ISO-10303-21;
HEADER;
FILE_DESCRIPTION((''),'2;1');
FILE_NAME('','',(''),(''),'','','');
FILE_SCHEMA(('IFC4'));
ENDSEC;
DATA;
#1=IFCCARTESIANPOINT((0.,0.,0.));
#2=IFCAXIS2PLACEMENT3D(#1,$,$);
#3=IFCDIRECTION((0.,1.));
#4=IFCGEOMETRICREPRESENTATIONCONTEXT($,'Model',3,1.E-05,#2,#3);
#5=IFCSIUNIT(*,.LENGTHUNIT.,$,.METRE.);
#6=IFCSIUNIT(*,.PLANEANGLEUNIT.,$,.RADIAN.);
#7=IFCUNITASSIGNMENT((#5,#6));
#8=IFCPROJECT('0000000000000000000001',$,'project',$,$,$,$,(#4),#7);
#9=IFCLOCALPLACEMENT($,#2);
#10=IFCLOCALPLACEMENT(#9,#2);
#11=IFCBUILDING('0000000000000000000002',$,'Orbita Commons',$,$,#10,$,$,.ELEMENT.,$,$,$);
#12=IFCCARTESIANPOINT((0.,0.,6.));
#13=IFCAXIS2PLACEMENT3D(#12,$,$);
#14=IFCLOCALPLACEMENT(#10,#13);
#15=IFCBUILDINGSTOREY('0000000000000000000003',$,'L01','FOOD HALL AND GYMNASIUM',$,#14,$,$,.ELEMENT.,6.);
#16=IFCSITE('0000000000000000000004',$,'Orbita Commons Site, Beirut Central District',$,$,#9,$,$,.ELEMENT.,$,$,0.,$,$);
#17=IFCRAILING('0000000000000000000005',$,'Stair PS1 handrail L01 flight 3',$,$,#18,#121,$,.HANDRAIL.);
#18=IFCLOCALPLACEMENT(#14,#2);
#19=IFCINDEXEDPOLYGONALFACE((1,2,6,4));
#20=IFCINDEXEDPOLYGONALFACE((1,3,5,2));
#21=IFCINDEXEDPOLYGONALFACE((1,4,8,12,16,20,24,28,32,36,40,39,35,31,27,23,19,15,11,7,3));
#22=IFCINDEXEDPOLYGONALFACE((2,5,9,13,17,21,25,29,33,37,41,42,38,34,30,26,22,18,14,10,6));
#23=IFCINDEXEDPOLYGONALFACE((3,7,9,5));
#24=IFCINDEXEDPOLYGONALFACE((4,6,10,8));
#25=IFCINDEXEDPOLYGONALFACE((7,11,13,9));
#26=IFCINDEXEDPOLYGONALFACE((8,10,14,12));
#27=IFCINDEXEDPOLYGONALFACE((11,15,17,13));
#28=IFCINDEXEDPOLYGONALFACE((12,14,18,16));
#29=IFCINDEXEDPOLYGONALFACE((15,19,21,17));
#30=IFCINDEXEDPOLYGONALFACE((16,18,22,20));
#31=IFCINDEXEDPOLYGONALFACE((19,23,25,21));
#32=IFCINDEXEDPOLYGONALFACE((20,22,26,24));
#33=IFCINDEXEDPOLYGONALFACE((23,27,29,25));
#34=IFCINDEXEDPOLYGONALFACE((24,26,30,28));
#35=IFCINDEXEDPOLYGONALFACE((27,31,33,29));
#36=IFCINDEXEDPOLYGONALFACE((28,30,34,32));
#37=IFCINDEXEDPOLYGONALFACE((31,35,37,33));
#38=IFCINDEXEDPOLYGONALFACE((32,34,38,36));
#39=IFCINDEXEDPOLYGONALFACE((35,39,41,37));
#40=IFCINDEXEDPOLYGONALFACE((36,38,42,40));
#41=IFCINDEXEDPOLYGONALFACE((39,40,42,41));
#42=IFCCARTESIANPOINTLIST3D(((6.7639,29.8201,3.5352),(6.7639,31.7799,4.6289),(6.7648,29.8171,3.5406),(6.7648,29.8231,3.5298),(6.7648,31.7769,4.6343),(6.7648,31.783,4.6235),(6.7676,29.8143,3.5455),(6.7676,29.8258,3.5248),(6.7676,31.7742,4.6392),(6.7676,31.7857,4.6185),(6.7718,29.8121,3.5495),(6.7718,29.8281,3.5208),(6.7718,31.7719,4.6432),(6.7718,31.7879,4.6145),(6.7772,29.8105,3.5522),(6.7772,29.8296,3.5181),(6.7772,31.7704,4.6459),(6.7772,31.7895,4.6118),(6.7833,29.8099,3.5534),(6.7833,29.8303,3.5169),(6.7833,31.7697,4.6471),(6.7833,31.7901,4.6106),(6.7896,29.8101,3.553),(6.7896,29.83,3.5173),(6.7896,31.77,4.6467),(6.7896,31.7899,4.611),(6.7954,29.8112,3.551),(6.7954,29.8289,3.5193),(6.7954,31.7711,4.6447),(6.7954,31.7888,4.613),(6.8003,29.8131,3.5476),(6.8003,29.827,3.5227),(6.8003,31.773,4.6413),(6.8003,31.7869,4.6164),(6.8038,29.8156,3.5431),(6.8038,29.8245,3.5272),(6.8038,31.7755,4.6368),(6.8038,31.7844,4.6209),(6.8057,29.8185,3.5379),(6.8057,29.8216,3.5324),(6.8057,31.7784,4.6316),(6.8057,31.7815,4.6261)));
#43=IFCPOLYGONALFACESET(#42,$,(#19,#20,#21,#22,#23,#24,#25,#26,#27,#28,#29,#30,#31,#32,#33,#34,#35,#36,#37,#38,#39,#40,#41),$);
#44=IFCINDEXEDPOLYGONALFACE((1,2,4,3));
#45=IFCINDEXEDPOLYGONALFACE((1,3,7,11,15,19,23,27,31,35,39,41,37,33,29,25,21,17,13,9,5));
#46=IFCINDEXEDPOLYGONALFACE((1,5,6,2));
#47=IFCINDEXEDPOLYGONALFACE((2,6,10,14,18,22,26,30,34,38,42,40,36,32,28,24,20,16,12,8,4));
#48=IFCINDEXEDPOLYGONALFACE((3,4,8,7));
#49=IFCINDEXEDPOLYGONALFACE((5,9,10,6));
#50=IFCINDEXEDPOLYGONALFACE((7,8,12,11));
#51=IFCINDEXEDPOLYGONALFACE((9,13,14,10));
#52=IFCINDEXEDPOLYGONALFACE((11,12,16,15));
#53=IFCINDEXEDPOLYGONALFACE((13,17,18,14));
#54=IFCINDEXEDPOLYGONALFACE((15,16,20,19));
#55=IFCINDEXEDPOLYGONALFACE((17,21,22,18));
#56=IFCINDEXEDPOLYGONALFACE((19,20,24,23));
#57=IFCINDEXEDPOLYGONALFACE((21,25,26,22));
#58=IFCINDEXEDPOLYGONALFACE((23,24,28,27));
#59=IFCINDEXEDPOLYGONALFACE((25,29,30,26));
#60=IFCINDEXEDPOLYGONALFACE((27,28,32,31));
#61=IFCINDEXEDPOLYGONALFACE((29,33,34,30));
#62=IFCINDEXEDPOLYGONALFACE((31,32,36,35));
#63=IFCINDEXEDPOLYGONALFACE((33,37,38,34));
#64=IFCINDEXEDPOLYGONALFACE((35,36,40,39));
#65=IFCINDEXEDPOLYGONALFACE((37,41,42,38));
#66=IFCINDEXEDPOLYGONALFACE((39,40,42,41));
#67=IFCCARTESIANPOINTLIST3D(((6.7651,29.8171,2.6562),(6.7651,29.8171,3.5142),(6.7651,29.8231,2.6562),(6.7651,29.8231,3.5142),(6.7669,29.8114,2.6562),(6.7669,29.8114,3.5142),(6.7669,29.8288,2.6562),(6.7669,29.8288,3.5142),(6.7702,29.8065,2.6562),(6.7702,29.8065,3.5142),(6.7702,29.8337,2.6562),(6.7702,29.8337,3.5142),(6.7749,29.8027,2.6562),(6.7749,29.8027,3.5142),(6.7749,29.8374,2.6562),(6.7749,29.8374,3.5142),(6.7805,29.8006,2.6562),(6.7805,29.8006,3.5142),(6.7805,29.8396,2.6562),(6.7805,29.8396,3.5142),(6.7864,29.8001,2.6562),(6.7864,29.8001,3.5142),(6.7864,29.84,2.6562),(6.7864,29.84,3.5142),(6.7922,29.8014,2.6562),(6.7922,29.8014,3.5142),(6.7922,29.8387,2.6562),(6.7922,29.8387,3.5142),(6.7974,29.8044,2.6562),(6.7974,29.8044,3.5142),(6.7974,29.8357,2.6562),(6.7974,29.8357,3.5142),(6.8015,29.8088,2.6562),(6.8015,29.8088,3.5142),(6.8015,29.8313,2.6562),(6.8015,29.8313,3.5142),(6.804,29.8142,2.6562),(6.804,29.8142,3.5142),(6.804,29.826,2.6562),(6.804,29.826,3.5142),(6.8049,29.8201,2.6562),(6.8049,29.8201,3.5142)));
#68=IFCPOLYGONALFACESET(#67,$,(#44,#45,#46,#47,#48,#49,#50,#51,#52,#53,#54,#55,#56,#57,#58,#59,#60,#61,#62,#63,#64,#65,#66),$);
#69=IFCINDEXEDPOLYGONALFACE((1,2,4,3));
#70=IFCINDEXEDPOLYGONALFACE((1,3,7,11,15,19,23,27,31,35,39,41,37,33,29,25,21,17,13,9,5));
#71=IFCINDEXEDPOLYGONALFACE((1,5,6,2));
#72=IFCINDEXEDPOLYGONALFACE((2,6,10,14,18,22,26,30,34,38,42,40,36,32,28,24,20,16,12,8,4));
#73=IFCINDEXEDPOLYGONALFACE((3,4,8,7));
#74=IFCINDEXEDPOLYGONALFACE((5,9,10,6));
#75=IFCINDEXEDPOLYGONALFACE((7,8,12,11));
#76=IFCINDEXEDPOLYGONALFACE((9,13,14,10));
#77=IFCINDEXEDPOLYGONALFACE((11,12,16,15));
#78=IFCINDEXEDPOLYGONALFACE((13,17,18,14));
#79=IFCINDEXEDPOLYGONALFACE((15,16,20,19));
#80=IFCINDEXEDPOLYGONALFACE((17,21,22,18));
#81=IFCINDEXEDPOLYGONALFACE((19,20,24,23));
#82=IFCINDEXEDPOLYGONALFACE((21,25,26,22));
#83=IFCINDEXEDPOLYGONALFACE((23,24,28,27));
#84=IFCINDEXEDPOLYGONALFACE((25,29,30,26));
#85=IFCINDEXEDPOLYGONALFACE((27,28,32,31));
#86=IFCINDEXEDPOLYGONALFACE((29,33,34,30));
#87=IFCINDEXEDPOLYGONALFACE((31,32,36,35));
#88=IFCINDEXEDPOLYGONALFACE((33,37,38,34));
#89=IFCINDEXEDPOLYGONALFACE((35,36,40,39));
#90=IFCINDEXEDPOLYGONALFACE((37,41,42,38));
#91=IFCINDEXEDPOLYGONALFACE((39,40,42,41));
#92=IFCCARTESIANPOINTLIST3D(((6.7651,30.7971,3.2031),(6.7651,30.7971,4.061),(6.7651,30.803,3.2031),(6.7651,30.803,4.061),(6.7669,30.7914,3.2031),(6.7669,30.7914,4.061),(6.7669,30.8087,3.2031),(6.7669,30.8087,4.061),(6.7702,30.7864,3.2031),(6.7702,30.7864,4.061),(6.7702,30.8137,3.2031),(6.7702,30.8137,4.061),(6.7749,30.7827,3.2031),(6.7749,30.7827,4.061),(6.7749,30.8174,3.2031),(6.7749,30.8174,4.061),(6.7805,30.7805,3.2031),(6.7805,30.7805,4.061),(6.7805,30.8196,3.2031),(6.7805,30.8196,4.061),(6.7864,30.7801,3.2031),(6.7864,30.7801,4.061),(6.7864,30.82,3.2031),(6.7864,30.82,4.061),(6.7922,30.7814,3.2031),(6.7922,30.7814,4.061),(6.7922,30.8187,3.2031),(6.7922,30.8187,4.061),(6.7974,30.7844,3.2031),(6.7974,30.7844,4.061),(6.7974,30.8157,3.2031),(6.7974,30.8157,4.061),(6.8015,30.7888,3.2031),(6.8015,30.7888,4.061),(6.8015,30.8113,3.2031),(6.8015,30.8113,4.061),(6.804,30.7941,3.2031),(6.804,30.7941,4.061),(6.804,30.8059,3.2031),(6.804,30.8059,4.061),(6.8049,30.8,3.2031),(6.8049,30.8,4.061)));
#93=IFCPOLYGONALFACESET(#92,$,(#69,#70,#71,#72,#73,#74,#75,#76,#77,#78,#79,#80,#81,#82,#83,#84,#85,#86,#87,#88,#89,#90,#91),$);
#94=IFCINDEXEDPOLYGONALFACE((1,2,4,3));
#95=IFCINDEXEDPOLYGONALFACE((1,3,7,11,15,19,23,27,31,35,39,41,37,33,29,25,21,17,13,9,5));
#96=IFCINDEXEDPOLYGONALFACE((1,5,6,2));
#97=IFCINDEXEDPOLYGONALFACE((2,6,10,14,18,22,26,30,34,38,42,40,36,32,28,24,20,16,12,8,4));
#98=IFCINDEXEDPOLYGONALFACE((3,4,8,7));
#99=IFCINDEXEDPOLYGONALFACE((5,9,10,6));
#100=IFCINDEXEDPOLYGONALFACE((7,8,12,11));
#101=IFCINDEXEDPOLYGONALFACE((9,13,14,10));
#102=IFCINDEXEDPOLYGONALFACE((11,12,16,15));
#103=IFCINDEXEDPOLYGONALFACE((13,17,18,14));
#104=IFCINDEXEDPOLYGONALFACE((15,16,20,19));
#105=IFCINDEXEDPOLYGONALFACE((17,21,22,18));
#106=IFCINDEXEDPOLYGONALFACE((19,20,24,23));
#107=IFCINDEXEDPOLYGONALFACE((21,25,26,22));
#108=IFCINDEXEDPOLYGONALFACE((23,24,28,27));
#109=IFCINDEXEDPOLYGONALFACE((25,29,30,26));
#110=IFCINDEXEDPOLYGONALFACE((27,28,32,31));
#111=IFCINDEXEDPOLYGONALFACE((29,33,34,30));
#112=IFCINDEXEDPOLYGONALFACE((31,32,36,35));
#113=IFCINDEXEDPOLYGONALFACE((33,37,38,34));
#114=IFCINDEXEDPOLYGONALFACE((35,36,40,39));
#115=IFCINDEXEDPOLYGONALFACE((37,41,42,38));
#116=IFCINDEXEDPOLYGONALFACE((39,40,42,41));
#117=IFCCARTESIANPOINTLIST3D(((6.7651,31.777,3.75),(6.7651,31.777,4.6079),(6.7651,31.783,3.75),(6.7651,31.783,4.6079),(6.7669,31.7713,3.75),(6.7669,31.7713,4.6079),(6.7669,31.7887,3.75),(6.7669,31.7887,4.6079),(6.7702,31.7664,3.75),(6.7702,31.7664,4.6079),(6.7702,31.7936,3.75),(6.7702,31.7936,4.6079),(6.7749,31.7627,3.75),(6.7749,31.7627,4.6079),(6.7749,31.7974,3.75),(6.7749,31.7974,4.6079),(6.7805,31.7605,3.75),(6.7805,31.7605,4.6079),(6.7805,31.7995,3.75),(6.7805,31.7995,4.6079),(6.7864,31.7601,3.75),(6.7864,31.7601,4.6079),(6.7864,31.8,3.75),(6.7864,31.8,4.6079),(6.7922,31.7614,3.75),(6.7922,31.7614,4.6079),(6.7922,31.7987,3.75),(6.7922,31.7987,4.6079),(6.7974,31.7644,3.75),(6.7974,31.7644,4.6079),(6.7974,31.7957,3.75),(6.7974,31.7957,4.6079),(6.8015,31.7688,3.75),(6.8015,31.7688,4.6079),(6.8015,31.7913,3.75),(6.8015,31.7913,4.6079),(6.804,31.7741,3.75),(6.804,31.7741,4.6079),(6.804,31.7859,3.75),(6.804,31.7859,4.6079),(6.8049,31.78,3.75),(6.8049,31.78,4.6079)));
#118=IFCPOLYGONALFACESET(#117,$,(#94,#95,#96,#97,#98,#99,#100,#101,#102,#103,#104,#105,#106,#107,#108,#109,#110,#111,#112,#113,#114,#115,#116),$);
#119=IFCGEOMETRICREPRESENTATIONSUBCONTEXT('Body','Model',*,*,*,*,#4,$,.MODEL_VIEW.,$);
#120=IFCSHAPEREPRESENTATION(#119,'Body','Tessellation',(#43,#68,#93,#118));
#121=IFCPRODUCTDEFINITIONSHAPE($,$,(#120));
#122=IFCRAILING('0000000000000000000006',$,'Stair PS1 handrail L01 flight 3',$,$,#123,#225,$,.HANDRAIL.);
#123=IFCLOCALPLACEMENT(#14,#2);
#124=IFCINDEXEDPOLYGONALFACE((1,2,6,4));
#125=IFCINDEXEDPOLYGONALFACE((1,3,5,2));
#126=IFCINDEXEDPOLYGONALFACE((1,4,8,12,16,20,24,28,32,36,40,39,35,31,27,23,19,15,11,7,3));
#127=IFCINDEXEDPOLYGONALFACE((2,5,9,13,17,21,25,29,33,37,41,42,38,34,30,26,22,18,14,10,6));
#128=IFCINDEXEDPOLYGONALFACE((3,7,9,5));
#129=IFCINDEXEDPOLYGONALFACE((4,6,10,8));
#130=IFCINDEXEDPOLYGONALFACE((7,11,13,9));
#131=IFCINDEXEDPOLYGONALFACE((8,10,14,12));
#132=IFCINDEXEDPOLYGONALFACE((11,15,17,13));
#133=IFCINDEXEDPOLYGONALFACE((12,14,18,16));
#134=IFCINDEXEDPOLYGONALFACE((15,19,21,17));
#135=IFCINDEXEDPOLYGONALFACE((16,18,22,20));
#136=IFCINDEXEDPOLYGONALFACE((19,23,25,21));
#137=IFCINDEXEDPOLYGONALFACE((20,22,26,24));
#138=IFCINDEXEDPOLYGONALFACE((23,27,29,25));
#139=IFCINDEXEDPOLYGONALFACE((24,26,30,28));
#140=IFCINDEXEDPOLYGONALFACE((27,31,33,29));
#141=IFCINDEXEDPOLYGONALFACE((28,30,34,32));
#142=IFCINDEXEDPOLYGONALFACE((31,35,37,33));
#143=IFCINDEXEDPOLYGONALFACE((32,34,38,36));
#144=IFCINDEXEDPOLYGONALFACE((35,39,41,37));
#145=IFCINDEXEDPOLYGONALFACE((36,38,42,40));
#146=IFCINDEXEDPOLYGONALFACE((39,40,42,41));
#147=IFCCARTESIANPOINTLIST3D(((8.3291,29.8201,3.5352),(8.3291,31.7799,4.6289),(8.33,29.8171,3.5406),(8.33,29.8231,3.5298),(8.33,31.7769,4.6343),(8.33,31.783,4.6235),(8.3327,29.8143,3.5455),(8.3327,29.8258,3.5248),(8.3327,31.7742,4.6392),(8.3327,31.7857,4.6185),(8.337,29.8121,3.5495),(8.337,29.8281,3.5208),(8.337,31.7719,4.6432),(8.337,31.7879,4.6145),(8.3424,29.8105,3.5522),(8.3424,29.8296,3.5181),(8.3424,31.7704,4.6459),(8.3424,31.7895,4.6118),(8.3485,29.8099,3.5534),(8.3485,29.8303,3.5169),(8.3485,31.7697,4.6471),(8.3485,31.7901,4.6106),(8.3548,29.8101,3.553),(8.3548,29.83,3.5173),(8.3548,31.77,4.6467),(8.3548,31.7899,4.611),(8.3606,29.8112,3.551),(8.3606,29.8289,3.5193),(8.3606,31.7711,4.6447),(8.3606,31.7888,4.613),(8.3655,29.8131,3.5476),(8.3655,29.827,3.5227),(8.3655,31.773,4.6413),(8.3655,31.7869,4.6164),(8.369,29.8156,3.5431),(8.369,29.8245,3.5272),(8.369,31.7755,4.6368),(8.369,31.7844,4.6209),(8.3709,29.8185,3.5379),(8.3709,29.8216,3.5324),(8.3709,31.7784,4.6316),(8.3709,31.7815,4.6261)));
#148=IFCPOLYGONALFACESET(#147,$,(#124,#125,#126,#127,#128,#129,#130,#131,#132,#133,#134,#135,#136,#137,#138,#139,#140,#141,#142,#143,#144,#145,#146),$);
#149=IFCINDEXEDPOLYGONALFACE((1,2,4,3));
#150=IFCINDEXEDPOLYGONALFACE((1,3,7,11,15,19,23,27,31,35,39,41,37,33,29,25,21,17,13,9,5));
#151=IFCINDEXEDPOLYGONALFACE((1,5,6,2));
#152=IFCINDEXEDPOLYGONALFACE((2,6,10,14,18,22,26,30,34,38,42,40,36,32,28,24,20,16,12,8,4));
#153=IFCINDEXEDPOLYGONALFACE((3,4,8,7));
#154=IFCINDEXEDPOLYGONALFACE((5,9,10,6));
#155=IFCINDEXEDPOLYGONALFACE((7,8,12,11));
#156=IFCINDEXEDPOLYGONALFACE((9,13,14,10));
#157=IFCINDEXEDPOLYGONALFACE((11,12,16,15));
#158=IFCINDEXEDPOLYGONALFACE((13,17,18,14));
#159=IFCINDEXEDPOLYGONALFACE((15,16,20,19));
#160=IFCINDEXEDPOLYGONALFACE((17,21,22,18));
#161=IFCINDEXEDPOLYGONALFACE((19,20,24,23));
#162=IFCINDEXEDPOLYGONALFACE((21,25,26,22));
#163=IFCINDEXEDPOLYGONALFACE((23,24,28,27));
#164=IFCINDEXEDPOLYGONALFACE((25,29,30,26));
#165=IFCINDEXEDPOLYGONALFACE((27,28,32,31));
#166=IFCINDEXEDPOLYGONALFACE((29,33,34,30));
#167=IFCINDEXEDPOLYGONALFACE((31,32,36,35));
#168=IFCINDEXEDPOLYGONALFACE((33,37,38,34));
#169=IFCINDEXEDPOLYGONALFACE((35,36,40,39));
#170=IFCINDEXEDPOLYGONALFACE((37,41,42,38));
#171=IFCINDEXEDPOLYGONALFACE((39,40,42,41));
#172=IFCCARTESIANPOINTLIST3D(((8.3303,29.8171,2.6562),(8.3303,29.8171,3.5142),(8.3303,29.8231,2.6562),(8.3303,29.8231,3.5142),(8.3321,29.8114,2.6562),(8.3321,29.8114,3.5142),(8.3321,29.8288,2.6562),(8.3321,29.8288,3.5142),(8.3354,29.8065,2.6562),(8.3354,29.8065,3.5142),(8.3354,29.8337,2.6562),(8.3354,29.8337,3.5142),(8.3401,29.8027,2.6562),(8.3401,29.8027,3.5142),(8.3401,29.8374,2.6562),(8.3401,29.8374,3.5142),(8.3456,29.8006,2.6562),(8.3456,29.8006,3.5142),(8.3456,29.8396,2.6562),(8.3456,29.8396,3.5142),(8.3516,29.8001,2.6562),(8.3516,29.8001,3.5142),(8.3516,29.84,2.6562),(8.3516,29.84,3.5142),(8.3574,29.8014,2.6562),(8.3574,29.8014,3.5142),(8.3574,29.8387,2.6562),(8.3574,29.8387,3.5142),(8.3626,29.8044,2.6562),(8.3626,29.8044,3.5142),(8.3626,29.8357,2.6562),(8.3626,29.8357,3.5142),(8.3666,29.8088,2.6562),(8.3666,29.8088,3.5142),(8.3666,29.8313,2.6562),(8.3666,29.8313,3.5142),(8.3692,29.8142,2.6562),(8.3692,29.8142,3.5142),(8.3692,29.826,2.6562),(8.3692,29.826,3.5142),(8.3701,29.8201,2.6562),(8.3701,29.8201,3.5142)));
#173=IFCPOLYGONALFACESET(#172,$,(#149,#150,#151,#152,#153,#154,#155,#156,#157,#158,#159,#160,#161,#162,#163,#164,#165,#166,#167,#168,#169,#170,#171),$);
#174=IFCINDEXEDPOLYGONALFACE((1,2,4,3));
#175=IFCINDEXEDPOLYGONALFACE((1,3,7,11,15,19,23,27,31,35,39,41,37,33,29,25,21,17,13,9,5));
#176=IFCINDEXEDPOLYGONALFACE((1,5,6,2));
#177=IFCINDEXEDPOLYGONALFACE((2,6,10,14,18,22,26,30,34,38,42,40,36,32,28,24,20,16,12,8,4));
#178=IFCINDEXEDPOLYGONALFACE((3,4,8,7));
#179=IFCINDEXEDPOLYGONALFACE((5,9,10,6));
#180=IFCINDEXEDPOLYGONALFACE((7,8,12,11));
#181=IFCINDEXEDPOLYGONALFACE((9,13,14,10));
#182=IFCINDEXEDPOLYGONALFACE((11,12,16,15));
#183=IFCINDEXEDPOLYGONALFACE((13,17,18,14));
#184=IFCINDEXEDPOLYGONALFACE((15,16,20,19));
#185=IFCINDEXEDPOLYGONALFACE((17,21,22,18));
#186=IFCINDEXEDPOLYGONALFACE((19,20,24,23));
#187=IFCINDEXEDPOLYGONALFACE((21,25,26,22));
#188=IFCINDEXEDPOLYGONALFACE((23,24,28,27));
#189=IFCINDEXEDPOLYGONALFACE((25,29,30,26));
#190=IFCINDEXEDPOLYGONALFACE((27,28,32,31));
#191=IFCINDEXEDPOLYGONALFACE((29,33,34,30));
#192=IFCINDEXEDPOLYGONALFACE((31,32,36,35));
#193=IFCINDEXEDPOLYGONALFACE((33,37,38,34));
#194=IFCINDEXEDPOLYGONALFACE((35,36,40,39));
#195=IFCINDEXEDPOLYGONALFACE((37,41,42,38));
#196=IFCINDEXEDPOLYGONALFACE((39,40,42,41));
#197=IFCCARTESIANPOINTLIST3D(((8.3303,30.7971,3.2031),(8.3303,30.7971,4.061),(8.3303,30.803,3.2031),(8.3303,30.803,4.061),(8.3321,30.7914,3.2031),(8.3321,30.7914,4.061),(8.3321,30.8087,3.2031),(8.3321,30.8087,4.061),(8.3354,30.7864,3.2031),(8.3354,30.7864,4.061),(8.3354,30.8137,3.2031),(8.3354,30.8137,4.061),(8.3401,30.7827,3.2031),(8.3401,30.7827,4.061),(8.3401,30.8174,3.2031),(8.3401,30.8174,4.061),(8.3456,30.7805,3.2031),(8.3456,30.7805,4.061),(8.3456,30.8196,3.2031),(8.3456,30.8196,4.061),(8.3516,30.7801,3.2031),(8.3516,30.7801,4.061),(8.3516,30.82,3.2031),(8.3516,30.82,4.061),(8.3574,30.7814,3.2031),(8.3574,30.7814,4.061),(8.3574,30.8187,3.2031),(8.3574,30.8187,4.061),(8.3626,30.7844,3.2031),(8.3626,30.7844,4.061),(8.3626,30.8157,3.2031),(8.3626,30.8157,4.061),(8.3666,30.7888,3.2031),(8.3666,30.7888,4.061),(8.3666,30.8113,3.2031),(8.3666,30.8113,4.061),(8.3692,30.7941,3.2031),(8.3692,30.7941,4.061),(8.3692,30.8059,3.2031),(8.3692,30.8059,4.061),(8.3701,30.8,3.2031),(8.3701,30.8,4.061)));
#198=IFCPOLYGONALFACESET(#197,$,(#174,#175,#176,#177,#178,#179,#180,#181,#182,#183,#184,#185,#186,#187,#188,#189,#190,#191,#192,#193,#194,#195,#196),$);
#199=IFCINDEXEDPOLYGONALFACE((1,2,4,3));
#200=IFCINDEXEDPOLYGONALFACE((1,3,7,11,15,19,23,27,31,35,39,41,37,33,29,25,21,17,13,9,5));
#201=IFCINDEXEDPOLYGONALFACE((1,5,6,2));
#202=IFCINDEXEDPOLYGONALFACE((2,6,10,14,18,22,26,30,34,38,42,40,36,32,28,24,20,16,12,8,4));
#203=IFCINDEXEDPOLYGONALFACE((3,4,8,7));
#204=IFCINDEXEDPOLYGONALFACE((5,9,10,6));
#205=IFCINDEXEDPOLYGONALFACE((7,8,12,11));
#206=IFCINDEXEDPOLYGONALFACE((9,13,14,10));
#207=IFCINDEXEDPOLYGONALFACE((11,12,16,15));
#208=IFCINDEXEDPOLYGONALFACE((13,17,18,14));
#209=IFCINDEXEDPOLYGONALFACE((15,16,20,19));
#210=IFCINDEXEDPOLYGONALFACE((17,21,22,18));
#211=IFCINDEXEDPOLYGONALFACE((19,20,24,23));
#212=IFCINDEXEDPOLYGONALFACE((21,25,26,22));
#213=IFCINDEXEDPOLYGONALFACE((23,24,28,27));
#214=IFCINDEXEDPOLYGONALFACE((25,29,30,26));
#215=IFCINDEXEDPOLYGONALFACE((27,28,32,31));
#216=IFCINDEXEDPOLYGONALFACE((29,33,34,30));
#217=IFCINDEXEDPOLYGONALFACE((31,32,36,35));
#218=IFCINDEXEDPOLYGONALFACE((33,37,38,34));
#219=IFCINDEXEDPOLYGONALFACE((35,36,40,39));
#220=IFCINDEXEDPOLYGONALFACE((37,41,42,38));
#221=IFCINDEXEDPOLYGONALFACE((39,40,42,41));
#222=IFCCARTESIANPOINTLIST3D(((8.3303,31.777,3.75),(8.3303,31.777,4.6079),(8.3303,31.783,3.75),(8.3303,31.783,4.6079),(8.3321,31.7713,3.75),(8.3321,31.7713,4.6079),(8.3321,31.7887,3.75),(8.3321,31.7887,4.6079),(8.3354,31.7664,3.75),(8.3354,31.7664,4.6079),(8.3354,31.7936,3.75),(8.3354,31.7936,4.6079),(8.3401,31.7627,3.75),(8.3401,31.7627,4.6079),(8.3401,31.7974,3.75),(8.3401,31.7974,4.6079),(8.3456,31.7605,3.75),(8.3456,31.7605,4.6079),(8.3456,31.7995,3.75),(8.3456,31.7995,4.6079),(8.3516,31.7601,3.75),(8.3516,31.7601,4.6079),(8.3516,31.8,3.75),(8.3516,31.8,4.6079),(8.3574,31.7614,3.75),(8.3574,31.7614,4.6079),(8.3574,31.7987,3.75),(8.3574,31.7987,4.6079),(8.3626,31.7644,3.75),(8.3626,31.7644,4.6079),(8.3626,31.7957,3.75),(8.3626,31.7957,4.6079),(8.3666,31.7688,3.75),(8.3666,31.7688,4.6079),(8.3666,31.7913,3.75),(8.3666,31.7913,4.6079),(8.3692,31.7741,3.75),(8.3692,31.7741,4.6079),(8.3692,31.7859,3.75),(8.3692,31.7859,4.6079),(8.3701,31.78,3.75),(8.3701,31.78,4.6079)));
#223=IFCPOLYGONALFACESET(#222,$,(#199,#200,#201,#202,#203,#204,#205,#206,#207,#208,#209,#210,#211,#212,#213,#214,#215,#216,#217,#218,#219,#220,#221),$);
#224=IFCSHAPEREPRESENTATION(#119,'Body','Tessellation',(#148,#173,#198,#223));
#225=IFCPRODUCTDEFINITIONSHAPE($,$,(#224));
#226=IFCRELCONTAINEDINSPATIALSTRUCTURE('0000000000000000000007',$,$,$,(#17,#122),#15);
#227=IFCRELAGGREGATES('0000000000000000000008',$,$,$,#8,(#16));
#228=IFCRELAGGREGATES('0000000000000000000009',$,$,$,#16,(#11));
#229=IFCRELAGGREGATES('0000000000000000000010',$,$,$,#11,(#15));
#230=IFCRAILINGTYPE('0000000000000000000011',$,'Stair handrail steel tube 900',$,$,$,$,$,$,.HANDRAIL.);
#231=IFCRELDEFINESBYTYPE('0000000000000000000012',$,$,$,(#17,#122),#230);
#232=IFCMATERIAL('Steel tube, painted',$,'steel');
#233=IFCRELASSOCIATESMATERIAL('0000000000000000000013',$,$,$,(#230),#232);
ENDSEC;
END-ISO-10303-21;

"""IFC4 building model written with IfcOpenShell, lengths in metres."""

from ifc_helpers import new_model, si_unit, direction, frame, origin, origin_2d, place, context, subcontext, project, spatial, circle, extrude, material, type_object, element, save


model = new_model("IFC4")

# Units and contexts
model_context = context("Model", 3, precision=1e-05, world=origin(), true_north=direction((0.0, 1.0)))
body_context = subcontext(model_context, "Body", "Model", "MODEL_VIEW")
ifc_project = project(units=[si_unit("LENGTHUNIT", "METRE"), si_unit("PLANEANGLEUNIT", "RADIAN")], contexts=[model_context])

# Site, building, storey
site_placement = place(None, origin())
site = spatial("IfcSite", under=ifc_project, at=site_placement, Name="Orbita Commons Site, Beirut Central District", CompositionType="ELEMENT", RefElevation=0.0)
building_placement = place(site_placement, origin())
building = spatial("IfcBuilding", under=site, at=building_placement, Name="Orbita Commons", CompositionType="ELEMENT")
storey_placement = place(building_placement, frame((0.0, 0.0, 6.0)))
storey = spatial("IfcBuildingStorey", under=building, at=storey_placement, Name="L01", Description="FOOD HALL AND GYMNASIUM", CompositionType="ELEMENT", Elevation=6.0)

# Railings
ifc_material_1 = material(Name="Steel tube, painted", Category="steel")
railing_type_1 = type_object("IfcRailingType", Name="Stair handrail steel tube 900", PredefinedType="HANDRAIL", material=ifc_material_1)
for number, where, name in (
    (1, (6.7849, 29.8201, 2.6562), "Stair PS1 handrail L01 flight 3"),
    (2, (8.3501, 29.8201, 2.6562), "Stair PS1 handrail L01 flight 3"),
):
    element("IfcRailing", number, at=place(storey_placement, frame(where)), inside=storey, type_object=railing_type_1, Name=name, PredefinedType="HANDRAIL", context=body_context, shape_type="SweptSolid", body=[
        extrude(circle(Radius=0.021, at=origin_2d()), frame((0.0, 0.0, 0.8789), z_axis=(0.0, 0.873232, 0.487304), x_axis=(-1.0, 0.0, 0.0)), (0.0, 0.0, 1.0), 2.2444),
        extrude(circle(Radius=0.02, at=origin_2d()), origin(), (0.0, 0.0, 1.0), 0.8579),
        extrude(circle(Radius=0.02, at=origin_2d()), frame((0.0, 0.98, 0.5469)), (0.0, 0.0, 1.0), 0.8579),
        extrude(circle(Radius=0.02, at=origin_2d()), frame((0.0, 1.96, 1.0938)), (0.0, 0.0, 1.0), 0.8579),
    ])

save(model, "model.ifc")
